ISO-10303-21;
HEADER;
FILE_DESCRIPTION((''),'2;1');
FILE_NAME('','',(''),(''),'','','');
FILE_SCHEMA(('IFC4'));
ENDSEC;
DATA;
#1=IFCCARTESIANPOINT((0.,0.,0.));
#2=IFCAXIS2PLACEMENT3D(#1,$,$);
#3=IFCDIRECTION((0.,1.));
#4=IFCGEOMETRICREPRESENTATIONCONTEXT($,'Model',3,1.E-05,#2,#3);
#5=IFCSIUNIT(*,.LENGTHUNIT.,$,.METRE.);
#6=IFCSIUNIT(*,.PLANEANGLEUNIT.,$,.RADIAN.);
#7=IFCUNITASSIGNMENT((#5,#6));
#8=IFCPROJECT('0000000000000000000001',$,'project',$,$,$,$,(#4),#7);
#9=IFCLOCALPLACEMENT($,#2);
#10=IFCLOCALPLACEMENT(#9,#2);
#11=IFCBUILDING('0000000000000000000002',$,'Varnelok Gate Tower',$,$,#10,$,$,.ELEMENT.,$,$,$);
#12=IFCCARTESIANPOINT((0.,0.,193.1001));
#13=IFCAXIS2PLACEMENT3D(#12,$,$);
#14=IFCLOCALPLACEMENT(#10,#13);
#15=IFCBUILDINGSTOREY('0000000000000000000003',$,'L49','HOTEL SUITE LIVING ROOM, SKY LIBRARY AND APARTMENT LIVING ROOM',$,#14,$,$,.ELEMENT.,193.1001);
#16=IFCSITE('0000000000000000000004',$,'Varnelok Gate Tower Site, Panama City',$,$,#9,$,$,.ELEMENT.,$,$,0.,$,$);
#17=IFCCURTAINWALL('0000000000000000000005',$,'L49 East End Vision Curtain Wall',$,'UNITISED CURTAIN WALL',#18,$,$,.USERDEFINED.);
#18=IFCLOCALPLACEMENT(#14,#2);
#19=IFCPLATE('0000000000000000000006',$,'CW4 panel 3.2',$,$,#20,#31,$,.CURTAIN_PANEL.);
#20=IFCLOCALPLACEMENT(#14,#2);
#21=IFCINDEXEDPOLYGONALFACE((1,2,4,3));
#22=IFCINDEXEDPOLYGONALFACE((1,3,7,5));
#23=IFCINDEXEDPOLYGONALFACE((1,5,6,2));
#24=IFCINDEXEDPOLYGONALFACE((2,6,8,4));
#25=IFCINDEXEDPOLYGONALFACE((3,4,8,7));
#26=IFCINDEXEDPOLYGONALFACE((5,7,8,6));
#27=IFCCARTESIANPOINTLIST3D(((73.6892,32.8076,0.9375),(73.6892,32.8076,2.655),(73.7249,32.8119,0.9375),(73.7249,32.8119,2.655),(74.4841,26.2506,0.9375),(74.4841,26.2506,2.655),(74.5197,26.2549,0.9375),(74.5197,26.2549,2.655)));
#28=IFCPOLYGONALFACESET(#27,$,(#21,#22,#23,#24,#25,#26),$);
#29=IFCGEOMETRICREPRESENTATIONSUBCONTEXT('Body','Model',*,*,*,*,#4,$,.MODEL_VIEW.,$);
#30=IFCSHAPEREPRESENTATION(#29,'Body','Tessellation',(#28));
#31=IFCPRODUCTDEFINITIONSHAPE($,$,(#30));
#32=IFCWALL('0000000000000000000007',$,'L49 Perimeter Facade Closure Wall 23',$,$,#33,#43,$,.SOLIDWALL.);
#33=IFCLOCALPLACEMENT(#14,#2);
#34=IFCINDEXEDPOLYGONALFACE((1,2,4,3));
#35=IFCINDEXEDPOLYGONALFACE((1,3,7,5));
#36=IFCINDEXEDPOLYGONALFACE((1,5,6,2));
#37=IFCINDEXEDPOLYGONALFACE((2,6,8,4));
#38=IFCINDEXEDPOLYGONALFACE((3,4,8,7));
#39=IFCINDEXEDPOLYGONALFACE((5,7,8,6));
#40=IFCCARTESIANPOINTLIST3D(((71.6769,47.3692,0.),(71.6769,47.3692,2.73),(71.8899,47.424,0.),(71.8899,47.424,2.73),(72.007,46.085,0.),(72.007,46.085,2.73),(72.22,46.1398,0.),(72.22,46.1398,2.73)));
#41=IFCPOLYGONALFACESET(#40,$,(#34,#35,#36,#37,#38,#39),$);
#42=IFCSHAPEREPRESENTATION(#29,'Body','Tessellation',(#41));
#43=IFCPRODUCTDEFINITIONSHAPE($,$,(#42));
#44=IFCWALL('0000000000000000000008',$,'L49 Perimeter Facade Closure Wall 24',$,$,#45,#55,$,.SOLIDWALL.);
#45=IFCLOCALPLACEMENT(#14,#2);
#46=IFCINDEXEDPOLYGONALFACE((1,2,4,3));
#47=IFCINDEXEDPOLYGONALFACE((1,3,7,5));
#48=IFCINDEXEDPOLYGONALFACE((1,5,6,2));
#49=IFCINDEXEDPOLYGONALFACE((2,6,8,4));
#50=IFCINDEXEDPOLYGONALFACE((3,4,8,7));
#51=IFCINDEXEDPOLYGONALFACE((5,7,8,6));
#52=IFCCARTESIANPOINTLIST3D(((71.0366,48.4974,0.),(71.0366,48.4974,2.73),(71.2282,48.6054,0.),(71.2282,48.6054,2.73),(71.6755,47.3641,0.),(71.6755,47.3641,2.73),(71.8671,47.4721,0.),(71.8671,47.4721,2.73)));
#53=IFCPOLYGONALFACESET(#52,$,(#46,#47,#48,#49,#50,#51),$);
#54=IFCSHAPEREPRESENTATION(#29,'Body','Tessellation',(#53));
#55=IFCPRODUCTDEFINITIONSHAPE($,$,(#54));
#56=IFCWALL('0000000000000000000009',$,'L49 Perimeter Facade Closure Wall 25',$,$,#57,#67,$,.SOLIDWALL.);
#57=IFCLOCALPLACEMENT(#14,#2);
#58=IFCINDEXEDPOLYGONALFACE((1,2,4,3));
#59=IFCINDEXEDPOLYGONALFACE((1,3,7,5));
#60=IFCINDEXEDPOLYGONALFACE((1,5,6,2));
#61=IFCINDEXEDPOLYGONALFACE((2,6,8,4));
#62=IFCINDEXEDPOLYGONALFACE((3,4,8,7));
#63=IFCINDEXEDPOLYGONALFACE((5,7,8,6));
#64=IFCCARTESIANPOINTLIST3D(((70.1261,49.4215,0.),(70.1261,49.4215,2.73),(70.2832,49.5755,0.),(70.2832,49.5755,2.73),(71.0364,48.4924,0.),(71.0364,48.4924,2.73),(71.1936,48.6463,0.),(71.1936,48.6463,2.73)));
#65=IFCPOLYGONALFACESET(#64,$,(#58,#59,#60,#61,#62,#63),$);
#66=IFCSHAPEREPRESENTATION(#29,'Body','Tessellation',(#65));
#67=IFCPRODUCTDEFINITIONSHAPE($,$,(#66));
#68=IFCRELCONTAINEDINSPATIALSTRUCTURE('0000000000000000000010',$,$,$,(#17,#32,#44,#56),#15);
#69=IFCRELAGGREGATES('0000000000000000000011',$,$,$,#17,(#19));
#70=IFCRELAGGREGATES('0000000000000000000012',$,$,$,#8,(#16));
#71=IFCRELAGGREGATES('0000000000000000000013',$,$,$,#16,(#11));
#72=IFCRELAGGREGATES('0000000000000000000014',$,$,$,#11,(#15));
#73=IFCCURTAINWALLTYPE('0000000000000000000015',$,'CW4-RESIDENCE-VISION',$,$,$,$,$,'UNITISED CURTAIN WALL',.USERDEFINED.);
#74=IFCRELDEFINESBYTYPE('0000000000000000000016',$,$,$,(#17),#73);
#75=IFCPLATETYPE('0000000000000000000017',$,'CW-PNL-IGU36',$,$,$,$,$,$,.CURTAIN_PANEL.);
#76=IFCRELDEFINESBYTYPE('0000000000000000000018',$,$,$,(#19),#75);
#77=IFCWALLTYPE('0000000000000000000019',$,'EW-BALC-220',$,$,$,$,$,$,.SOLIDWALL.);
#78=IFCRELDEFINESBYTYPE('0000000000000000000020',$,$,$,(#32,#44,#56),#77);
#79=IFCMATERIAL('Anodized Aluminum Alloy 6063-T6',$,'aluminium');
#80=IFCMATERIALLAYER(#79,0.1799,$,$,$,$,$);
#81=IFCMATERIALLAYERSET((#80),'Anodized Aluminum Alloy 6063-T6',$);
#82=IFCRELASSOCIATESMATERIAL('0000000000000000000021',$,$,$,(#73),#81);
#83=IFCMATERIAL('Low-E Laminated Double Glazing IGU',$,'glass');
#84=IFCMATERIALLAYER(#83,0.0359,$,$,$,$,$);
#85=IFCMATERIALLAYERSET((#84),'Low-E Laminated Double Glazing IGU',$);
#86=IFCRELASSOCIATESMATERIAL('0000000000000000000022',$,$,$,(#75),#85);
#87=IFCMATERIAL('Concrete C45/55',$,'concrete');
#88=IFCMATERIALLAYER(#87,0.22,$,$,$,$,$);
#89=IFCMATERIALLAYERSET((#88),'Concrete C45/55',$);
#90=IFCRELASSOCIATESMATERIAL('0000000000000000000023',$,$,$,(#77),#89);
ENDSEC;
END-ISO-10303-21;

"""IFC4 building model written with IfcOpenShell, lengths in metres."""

from ifc_helpers import new_model, si_unit, direction, frame, frame_2d, origin, origin_2d, place, context, subcontext, project, spatial, rectangle, extrude, source, transform, mapped, material, layer, layer_set, type_object, element, aggregate, save


model = new_model("IFC4")

# Units and contexts
model_context = context("Model", 3, precision=1e-05, world=origin(), true_north=direction((0.0, 1.0)))
body_context = subcontext(model_context, "Body", "Model", "MODEL_VIEW")
ifc_project = project(units=[si_unit("LENGTHUNIT", "METRE"), si_unit("PLANEANGLEUNIT", "RADIAN")], contexts=[model_context])

# Site, building, storey
site_placement = place(None, origin())
site = spatial("IfcSite", under=ifc_project, at=site_placement, Name="Varnelok Gate Tower Site, Panama City", CompositionType="ELEMENT", RefElevation=0.0)
building_placement = place(site_placement, origin())
building = spatial("IfcBuilding", under=site, at=building_placement, Name="Varnelok Gate Tower", CompositionType="ELEMENT")
storey_placement = place(building_placement, frame((0.0, 0.0, 193.1001)))
storey = spatial("IfcBuildingStorey", under=building, at=storey_placement, Name="L49", Description="HOTEL SUITE LIVING ROOM, SKY LIBRARY AND APARTMENT LIVING ROOM", CompositionType="ELEMENT", Elevation=193.1001)

# Curtain wall, plate
ifc_material_1 = material(Name="Anodized Aluminum Alloy 6063-T6", Category="aluminium")
ifc_layer_1 = layer(ifc_material_1, 0.1799)
ifc_layer_set_1 = layer_set([ifc_layer_1], Name="Anodized Aluminum Alloy 6063-T6")
curtain_wall_type = type_object("IfcCurtainWallType", Name="CW4-RESIDENCE-VISION", ElementType="UNITISED CURTAIN WALL", PredefinedType="USERDEFINED", material=ifc_layer_set_1)
curtain_wall_placement = place(storey_placement, origin())
curtain_wall = element("IfcCurtainWall", 1, at=curtain_wall_placement, inside=storey, type_object=curtain_wall_type, Name="L49 East End Vision Curtain Wall", ObjectType="UNITISED CURTAIN WALL", PredefinedType="USERDEFINED")
ifc_material_2 = material(Name="Low-E Laminated Double Glazing IGU", Category="glass")
ifc_layer_2 = layer(ifc_material_2, 0.0359)
ifc_layer_set_2 = layer_set([ifc_layer_2], Name="Low-E Laminated Double Glazing IGU")
plate_type = type_object("IfcPlateType", Name="CW-PNL-IGU36", PredefinedType="CURTAIN_PANEL", material=ifc_layer_set_2)
shared_shape_1 = source(origin(), body_context, "Body", "SweptSolid", [
    extrude(rectangle(XDim=6.605, YDim=0.0359, at=origin_2d()), origin(), (0.0, 0.0, 1.0), 1.7175),
])
plate_1_placement = place(storey_placement, frame((74.1045, 29.5312, 0.9375), z_axis=(0.0, 0.0, 1.0), x_axis=(0.120345, -0.992732, 0.0)))
plate_1 = element("IfcPlate", 2, at=plate_1_placement, type_object=plate_type, Name="CW4 panel 3.2", PredefinedType="CURTAIN_PANEL", context=body_context, shape_type="MappedRepresentation", body=[
    mapped(shared_shape_1, transform((0.0, 0.0, 0.0), scale=1.0)),
])
aggregate(curtain_wall, [plate_1])

# Walls
ifc_material_3 = material(Name="Concrete C45/55", Category="concrete")
ifc_layer_3 = layer(ifc_material_3, 0.22)
ifc_layer_set_3 = layer_set([ifc_layer_3], Name="Concrete C45/55")
wall_type = type_object("IfcWallType", Name="EW-BALC-220", PredefinedType="SOLIDWALL", material=ifc_layer_set_3)
wall_1_placement = place(storey_placement, frame((72.1135, 46.1123, 0.0), z_axis=(0.0, 0.0, 1.0), x_axis=(-0.248942, 0.968518, 0.0)))
element("IfcWall", 3, at=wall_1_placement, inside=storey, type_object=wall_type, Name="L49 Perimeter Facade Closure Wall 23", PredefinedType="SOLIDWALL", context=body_context, shape_type="SweptSolid", body=[
    extrude(rectangle(XDim=1.3259, YDim=0.22, at=frame_2d((0.6631, 0.0))), origin(), (0.0, 0.0, 1.0), 2.73),
])
wall_2_placement = place(storey_placement, frame((71.7712, 47.4182, 0.0), z_axis=(0.0, 0.0, 1.0), x_axis=(-0.491099, 0.871104, 0.0)))
element("IfcWall", 4, at=wall_2_placement, inside=storey, type_object=wall_type, Name="L49 Perimeter Facade Closure Wall 24", PredefinedType="SOLIDWALL", context=body_context, shape_type="SweptSolid", body=[
    extrude(rectangle(XDim=1.301, YDim=0.22, at=frame_2d((0.6504, 0.0))), origin(), (0.0, 0.0, 1.0), 2.73),
])
wall_3_placement = place(storey_placement, frame((71.115, 48.5693, 0.0), z_axis=(0.0, 0.0, 1.0), x_axis=(-0.699844, 0.714295, 0.0)))
element("IfcWall", 5, at=wall_3_placement, inside=storey, type_object=wall_type, Name="L49 Perimeter Facade Closure Wall 25", PredefinedType="SOLIDWALL", context=body_context, shape_type="SweptSolid", body=[
    extrude(rectangle(XDim=1.3008, YDim=0.22, at=frame_2d((0.6504, 0.0))), origin(), (0.0, 0.0, 1.0), 2.73),
])

save(model, "model.ifc")
